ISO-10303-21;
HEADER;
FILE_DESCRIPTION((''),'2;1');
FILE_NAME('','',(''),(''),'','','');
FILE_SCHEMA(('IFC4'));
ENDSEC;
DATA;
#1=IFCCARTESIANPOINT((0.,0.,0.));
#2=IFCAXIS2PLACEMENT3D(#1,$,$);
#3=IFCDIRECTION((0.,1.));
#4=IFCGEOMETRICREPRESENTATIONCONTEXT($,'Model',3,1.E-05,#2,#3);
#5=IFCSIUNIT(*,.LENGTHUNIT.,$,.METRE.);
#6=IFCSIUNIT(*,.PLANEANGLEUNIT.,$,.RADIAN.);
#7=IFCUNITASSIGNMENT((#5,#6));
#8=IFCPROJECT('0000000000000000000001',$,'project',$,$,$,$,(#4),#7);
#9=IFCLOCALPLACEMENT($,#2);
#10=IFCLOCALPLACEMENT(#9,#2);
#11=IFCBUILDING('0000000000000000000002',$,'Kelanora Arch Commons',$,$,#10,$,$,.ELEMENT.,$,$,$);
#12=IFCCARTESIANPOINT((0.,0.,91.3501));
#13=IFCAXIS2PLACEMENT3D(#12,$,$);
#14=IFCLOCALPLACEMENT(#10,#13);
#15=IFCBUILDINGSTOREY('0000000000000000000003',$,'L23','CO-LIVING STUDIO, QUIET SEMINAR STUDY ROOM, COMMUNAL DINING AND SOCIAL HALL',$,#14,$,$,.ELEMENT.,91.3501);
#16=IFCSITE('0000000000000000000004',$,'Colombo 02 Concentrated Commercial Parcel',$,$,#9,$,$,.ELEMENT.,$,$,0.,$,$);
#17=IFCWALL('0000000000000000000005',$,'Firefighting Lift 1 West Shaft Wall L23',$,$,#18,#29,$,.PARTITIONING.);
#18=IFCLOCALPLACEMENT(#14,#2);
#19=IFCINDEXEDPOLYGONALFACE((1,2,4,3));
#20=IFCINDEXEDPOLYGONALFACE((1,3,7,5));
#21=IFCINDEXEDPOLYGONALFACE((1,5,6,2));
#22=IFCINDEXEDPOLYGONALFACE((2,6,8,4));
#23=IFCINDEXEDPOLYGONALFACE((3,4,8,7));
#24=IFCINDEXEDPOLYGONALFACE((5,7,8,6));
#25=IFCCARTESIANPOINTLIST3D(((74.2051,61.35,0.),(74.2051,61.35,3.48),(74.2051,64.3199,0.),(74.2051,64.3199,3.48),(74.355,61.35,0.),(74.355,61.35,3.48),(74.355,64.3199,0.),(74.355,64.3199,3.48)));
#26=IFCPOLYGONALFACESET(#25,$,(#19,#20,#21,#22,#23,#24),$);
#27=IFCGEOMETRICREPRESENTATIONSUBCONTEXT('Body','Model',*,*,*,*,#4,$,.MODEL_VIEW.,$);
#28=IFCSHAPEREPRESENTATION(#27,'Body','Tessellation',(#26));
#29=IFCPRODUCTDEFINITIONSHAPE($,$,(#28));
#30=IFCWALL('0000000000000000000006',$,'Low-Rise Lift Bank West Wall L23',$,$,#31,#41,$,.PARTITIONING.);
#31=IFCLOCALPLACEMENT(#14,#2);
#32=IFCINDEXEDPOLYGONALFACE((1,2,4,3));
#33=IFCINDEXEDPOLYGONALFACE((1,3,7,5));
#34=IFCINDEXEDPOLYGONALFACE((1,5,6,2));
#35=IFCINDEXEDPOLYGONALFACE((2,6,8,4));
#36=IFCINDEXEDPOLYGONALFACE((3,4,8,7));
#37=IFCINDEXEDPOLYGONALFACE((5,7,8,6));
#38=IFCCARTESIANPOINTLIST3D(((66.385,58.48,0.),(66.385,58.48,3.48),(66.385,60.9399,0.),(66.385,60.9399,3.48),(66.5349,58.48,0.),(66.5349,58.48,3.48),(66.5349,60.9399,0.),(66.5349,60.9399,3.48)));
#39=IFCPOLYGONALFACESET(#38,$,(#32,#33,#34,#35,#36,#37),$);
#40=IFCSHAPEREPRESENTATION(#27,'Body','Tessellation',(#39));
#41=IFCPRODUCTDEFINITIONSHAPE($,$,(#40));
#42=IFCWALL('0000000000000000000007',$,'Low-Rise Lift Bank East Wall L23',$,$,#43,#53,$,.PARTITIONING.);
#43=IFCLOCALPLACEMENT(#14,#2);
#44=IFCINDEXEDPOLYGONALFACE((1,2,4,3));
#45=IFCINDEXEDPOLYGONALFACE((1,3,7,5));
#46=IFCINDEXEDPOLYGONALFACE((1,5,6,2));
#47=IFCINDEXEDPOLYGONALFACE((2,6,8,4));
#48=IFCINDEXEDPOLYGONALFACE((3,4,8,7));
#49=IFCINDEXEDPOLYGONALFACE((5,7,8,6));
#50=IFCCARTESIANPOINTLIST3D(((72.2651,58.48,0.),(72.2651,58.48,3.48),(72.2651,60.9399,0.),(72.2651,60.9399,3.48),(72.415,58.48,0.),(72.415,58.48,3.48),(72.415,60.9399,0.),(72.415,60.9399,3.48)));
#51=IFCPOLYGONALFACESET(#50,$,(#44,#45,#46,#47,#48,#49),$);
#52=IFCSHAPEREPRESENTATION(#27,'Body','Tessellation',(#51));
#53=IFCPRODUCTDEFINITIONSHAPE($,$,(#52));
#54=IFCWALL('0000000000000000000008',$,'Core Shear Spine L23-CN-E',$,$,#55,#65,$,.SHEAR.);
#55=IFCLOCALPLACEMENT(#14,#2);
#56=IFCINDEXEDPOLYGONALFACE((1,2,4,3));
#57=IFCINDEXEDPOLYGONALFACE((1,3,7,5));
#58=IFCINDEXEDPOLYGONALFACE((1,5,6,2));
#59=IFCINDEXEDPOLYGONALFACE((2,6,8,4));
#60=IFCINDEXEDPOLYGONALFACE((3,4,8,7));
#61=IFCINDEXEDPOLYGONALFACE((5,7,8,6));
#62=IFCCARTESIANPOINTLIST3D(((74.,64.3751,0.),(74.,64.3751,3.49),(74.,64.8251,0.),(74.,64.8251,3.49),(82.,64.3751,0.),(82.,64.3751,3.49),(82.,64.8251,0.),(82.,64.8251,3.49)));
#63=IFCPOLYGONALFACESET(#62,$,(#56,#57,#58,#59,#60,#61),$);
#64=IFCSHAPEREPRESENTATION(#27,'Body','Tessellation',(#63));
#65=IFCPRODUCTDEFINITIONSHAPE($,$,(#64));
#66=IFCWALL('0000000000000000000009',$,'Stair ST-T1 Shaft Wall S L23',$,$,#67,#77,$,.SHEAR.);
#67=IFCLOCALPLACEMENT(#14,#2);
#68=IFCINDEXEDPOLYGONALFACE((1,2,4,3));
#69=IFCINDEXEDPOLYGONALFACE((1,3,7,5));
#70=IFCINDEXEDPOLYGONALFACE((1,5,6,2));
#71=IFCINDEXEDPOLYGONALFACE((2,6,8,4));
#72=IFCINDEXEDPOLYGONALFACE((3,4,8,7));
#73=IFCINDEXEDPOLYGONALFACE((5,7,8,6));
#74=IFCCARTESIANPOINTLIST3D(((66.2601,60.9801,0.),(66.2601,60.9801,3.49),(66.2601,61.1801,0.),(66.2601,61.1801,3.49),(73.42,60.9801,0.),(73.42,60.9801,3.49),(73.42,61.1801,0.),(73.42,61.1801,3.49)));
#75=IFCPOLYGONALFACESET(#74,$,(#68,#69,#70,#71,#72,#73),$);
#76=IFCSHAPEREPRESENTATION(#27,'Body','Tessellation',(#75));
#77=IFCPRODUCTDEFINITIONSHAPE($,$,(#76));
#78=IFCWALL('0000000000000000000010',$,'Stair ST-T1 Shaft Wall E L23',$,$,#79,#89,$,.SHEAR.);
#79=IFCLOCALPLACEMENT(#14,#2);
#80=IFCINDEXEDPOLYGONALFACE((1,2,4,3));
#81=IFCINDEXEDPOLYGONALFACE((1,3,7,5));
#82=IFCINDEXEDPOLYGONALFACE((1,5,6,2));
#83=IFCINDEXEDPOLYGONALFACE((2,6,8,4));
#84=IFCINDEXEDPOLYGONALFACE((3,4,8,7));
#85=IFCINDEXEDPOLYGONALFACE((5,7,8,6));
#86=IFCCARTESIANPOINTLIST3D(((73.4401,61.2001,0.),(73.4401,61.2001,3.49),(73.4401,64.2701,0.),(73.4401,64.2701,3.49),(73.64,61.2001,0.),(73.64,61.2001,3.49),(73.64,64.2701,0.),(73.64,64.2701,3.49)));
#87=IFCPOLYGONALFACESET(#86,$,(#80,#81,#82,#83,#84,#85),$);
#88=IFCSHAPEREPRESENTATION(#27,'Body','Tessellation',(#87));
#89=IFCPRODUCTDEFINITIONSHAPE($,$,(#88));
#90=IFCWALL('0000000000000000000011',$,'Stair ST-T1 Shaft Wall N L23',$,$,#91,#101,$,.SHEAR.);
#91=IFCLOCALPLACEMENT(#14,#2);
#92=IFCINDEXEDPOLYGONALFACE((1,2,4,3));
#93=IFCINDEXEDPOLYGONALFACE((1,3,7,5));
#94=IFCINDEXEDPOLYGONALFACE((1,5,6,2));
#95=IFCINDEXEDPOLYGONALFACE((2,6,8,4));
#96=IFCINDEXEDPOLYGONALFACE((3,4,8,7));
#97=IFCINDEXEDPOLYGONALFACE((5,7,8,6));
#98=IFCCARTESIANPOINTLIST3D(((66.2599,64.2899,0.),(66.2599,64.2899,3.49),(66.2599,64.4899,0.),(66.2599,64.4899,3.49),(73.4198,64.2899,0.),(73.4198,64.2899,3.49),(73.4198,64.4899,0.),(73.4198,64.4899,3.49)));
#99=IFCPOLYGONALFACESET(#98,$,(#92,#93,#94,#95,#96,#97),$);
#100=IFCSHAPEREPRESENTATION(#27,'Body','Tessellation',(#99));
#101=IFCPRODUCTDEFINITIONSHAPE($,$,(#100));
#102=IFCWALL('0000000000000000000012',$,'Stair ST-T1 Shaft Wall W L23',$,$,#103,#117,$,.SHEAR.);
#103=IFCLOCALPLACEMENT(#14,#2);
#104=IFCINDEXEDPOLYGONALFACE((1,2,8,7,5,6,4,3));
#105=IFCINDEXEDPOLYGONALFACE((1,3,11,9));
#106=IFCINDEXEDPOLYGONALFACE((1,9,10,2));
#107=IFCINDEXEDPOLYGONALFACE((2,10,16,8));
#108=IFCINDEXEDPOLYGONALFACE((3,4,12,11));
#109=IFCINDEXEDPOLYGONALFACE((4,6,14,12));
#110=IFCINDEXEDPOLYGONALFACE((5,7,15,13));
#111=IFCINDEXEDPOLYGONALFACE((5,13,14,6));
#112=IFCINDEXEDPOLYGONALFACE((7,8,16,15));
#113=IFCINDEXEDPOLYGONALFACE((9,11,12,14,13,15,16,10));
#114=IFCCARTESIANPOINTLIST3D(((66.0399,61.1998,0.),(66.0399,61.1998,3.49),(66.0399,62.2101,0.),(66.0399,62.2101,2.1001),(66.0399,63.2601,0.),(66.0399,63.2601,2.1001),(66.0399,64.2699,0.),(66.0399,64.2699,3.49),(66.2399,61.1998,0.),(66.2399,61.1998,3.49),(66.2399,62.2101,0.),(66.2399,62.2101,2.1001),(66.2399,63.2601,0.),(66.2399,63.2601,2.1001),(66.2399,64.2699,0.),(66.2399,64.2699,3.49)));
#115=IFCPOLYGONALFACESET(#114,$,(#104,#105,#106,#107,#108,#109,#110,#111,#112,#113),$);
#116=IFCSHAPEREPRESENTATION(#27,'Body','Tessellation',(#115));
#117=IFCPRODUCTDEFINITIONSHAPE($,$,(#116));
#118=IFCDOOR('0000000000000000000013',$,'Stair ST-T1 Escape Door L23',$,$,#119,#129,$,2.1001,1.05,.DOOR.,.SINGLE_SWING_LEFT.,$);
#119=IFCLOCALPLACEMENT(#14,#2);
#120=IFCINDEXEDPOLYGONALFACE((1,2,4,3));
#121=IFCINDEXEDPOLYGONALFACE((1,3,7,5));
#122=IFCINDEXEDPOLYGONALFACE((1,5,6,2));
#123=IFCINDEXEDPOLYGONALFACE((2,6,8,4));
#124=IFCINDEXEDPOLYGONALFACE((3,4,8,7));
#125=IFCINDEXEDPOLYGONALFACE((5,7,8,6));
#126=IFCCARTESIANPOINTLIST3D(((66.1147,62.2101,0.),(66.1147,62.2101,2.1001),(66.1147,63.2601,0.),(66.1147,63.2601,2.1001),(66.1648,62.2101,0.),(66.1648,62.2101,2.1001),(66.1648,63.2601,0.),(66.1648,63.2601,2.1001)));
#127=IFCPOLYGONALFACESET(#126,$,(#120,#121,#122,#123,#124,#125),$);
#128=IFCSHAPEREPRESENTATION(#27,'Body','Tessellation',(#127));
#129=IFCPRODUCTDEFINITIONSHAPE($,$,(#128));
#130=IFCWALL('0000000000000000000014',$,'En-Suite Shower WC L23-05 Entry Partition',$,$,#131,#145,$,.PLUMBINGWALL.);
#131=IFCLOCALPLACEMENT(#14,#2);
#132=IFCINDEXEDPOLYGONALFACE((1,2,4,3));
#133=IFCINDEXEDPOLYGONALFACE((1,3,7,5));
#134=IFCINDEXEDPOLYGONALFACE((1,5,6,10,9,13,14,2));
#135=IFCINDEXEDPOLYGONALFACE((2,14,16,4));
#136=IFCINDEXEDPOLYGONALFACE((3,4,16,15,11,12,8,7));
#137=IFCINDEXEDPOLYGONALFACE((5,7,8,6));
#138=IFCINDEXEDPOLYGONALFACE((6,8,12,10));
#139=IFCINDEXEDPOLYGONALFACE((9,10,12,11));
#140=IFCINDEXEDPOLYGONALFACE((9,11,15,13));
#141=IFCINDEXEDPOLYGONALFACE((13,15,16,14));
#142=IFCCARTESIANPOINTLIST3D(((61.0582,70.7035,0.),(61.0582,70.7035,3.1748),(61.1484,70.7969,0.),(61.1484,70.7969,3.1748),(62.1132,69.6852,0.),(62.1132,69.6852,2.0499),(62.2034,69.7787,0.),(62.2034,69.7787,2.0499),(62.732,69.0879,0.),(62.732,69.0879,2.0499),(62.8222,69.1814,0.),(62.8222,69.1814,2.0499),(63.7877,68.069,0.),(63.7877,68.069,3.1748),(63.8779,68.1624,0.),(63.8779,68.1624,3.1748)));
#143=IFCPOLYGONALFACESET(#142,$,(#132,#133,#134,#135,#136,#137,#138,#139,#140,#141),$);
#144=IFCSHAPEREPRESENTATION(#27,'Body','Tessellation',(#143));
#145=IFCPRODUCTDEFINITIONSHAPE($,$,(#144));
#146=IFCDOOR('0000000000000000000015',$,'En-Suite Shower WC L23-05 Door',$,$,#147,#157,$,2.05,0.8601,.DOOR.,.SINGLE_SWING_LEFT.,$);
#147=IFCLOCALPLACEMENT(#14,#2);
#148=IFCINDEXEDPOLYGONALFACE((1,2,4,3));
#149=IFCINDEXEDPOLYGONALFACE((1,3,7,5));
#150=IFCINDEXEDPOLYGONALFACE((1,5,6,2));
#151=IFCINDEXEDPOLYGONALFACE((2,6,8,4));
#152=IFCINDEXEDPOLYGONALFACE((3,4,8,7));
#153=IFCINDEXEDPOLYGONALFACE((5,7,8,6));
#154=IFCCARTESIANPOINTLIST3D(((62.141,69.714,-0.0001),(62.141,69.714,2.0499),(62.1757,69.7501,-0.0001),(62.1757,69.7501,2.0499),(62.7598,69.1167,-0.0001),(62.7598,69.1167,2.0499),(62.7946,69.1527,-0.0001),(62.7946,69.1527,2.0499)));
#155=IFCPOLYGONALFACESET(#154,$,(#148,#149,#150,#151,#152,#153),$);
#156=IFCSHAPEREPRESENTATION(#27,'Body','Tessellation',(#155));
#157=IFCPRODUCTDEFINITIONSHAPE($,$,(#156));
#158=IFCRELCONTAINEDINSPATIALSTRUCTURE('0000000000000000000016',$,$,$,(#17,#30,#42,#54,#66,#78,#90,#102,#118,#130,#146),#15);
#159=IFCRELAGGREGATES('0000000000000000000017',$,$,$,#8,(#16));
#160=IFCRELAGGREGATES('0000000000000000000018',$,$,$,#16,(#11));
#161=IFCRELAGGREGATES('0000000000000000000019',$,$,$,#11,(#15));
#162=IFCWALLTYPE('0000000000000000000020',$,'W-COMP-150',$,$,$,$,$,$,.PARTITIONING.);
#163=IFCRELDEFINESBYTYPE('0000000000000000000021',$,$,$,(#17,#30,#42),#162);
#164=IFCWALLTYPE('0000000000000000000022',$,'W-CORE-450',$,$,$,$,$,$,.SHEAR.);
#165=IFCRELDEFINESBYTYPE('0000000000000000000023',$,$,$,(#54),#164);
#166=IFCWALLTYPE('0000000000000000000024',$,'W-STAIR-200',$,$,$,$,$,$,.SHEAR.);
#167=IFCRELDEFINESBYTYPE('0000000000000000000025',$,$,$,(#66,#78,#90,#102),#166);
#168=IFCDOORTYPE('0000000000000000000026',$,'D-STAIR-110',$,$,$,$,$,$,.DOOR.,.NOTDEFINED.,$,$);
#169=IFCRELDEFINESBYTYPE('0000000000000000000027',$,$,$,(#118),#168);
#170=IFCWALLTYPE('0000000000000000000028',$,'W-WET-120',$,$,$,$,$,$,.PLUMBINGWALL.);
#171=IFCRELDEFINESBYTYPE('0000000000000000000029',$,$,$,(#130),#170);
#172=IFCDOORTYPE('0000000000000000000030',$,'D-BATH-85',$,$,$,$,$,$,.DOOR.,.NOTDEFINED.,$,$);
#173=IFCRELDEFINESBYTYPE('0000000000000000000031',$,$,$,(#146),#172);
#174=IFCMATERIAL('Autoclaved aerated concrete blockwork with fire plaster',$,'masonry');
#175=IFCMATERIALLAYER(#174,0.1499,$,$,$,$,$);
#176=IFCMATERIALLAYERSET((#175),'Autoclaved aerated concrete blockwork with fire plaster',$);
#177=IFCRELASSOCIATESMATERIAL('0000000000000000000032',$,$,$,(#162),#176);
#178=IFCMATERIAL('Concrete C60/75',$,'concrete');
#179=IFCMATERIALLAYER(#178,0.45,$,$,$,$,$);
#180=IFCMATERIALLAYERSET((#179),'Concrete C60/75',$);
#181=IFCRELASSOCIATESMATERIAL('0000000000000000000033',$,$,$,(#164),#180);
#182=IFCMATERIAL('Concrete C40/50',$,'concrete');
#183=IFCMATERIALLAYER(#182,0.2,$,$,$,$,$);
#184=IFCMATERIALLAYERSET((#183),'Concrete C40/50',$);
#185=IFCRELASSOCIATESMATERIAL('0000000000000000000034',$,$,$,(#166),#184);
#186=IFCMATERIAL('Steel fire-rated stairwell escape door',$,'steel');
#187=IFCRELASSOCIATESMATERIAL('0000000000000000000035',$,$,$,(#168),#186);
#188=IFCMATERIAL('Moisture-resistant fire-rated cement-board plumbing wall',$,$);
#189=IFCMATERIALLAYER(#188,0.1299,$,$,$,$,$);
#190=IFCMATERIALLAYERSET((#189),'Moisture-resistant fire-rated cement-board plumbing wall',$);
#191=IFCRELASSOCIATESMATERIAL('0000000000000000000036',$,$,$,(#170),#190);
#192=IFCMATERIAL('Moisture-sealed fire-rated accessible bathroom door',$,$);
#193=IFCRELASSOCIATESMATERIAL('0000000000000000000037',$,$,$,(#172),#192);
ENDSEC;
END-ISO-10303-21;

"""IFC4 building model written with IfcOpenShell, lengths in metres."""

from ifc_helpers import new_model, si_unit, direction, frame, frame_2d, origin, place, context, subcontext, project, spatial, rectangle, extrude, material, layer, layer_set, type_object, element, fill, save


model = new_model("IFC4")

# Units and contexts
model_context = context("Model", 3, precision=1e-05, world=origin(), true_north=direction((0.0, 1.0)))
body_context = subcontext(model_context, "Body", "Model", "MODEL_VIEW")
ifc_project = project(units=[si_unit("LENGTHUNIT", "METRE"), si_unit("PLANEANGLEUNIT", "RADIAN")], contexts=[model_context])

# Site, building, storey
site_placement = place(None, origin())
site = spatial("IfcSite", under=ifc_project, at=site_placement, Name="Colombo 02 Concentrated Commercial Parcel", CompositionType="ELEMENT", RefElevation=0.0)
building_placement = place(site_placement, origin())
building = spatial("IfcBuilding", under=site, at=building_placement, Name="Kelanora Arch Commons", CompositionType="ELEMENT")
storey_placement = place(building_placement, frame((0.0, 0.0, 91.3501)))
storey = spatial("IfcBuildingStorey", under=building, at=storey_placement, Name="L23", Description="CO-LIVING STUDIO, QUIET SEMINAR STUDY ROOM, COMMUNAL DINING AND SOCIAL HALL", CompositionType="ELEMENT", Elevation=91.3501)

# Shared definitions
ifc_material_1 = material(Name="Concrete C60/75", Category="concrete")

# Walls
ifc_material_2 = material(Name="Autoclaved aerated concrete blockwork with fire plaster", Category="masonry")
ifc_layer_1 = layer(ifc_material_2, 0.1499)
ifc_layer_set_1 = layer_set([ifc_layer_1], Name="Autoclaved aerated concrete blockwork with fire plaster")
wall_type_1 = type_object("IfcWallType", Name="W-COMP-150", PredefinedType="PARTITIONING", material=ifc_layer_set_1)
wall_1_placement = place(storey_placement, frame((74.28, 61.3501, 0.0), z_axis=(0.0, 0.0, 1.0), x_axis=(0.0, 1.0, 0.0)))
element("IfcWall", 1, at=wall_1_placement, inside=storey, type_object=wall_type_1, Name="Firefighting Lift 1 West Shaft Wall L23", PredefinedType="PARTITIONING", context=body_context, shape_type="SweptSolid", body=[
    extrude(rectangle(XDim=2.97, YDim=0.1499, at=frame_2d((1.4849, 0.0))), origin(), (0.0, 0.0, 1.0), 3.48),
])
for number, where, z_axis, x_axis, name in (
    (2, (66.46, 58.48, 0.0), (0.0, 0.0, 1.0), (0.0, 1.0, 0.0), "Low-Rise Lift Bank West Wall L23"),
    (3, (72.3401, 58.48, 0.0), (0.0, 0.0, 1.0), (0.0, 1.0, 0.0), "Low-Rise Lift Bank East Wall L23"),
):
    element("IfcWall", number, at=place(storey_placement, frame(where, z_axis=z_axis, x_axis=x_axis)), inside=storey, type_object=wall_type_1, Name=name, PredefinedType="PARTITIONING", context=body_context, shape_type="SweptSolid", body=[
        extrude(rectangle(XDim=2.46, YDim=0.1499, at=frame_2d((1.23, 0.0))), origin(), (0.0, 0.0, 1.0), 3.48),
    ])
ifc_layer_2 = layer(ifc_material_1, 0.45)
ifc_layer_set_2 = layer_set([ifc_layer_2], Name="Concrete C60/75")
wall_type_2 = type_object("IfcWallType", Name="W-CORE-450", PredefinedType="SHEAR", material=ifc_layer_set_2)
wall_2_placement = place(storey_placement, frame((74.0, 64.6001, 0.0), z_axis=(0.0, 0.0, 1.0), x_axis=(1.0, 0.0, 0.0)))
element("IfcWall", 4, at=wall_2_placement, inside=storey, type_object=wall_type_2, Name="Core Shear Spine L23-CN-E", PredefinedType="SHEAR", context=body_context, shape_type="SweptSolid", body=[
    extrude(rectangle(XDim=8.0, YDim=0.45, at=frame_2d((4.0, 0.0))), origin(), (0.0, 0.0, 1.0), 3.49),
])

# Shared definitions
ifc_material_3 = material(Name="Concrete C40/50", Category="concrete")

# Walls
ifc_layer_3 = layer(ifc_material_3, 0.2)
ifc_layer_set_3 = layer_set([ifc_layer_3], Name="Concrete C40/50")
wall_type_3 = type_object("IfcWallType", Name="W-STAIR-200", PredefinedType="SHEAR", material=ifc_layer_set_3)
wall_3_placement = place(storey_placement, frame((66.26, 61.0801, 0.0), z_axis=(0.0, 0.0, 1.0), x_axis=(1.0, 0.0, 0.0)))
element("IfcWall", 5, at=wall_3_placement, inside=storey, type_object=wall_type_3, Name="Stair ST-T1 Shaft Wall S L23", PredefinedType="SHEAR", context=body_context, shape_type="SweptSolid", body=[
    extrude(rectangle(XDim=7.1599, YDim=0.2, at=frame_2d((3.5801, 0.0))), origin(), (0.0, 0.0, 1.0), 3.49),
])
wall_4_placement = place(storey_placement, frame((73.54, 61.2, 0.0), z_axis=(0.0, 0.0, 1.0), x_axis=(0.0, 1.0, 0.0)))
element("IfcWall", 6, at=wall_4_placement, inside=storey, type_object=wall_type_3, Name="Stair ST-T1 Shaft Wall E L23", PredefinedType="SHEAR", context=body_context, shape_type="SweptSolid", body=[
    extrude(rectangle(XDim=3.0701, YDim=0.2, at=frame_2d((1.5352, 0.0))), origin(), (0.0, 0.0, 1.0), 3.49),
])
wall_5_placement = place(storey_placement, frame((73.4199, 64.3899, 0.0), z_axis=(0.0, 0.0, 1.0), x_axis=(-1.0, 0.0, 0.0)))
element("IfcWall", 7, at=wall_5_placement, inside=storey, type_object=wall_type_3, Name="Stair ST-T1 Shaft Wall N L23", PredefinedType="SHEAR", context=body_context, shape_type="SweptSolid", body=[
    extrude(rectangle(XDim=7.1599, YDim=0.2, at=frame_2d((3.5801, 0.0))), origin(), (0.0, 0.0, 1.0), 3.49),
])

# Walls, openings, doors
wall_6_placement = place(storey_placement, frame((66.1399, 64.27, 0.0), z_axis=(0.0, 0.0, 1.0), x_axis=(0.0, -1.0, 0.0)))
wall_6 = element("IfcWall", 8, at=wall_6_placement, inside=storey, type_object=wall_type_3, Name="Stair ST-T1 Shaft Wall W L23", PredefinedType="SHEAR", context=body_context, shape_type="SweptSolid", body=[
    extrude(rectangle(XDim=3.0701, YDim=0.2, at=frame_2d((1.5352, 0.0))), origin(), (0.0, 0.0, 1.0), 3.49),
])
opening_1_placement = place(wall_6_placement, frame((1.01, 0.0, 0.0)))
opening_1 = element("IfcOpeningElement", 9, at=opening_1_placement, cuts=wall_6, PredefinedType="OPENING", context=body_context, shape_type="SweptSolid", body=[
    extrude(rectangle(XDim=1.05, YDim=2.1001, at=frame_2d((0.5249, 1.05))), frame((0.0, 0.1099, 0.0), z_axis=(0.0, -1.0, 0.0), x_axis=(1.0, 0.0, 0.0)), (0.0, 0.0, 1.0), 0.22),
])
ifc_material_4 = material(Name="Steel fire-rated stairwell escape door", Category="steel")
door_type_1 = type_object("IfcDoorType", Name="D-STAIR-110", OperationType="NOTDEFINED", PredefinedType="DOOR", material=ifc_material_4)
door_1_placement = place(opening_1_placement, origin())
door_1 = element("IfcDoor", 10, at=door_1_placement, inside=storey, type_object=door_type_1, Name="Stair ST-T1 Escape Door L23", OperationType="SINGLE_SWING_LEFT", OverallHeight=2.1001, OverallWidth=1.05, PredefinedType="DOOR", context=body_context, shape_type="SweptSolid", body=[
    extrude(rectangle(XDim=1.05, YDim=2.1001, at=frame_2d((0.5249, 1.05))), frame((0.0, 0.0249, 0.0), z_axis=(0.0, -1.0, 0.0), x_axis=(1.0, 0.0, 0.0)), (0.0, 0.0, 1.0), 0.05),
])
fill(opening_1, door_1)
ifc_material_5 = material(Name="Moisture-resistant fire-rated cement-board plumbing wall")
ifc_layer_4 = layer(ifc_material_5, 0.1299)
ifc_layer_set_4 = layer_set([ifc_layer_4], Name="Moisture-resistant fire-rated cement-board plumbing wall")
wall_type_4 = type_object("IfcWallType", Name="W-WET-120", PredefinedType="PLUMBINGWALL", material=ifc_layer_set_4)
wall_7_placement = place(storey_placement, frame((63.8328, 68.1157, 0.0), z_axis=(0.0, 0.0, 1.0), x_axis=(-0.719513, 0.694479, 0.0)))
wall_7 = element("IfcWall", 11, at=wall_7_placement, inside=storey, type_object=wall_type_4, Name="En-Suite Shower WC L23-05 Entry Partition", PredefinedType="PLUMBINGWALL", context=body_context, shape_type="SweptSolid", body=[
    extrude(rectangle(XDim=3.7935, YDim=0.1299, at=frame_2d((1.8967, 0.0))), origin(), (0.0, 0.0, 1.0), 3.1748),
])
opening_2_placement = place(wall_7_placement, frame((1.467, 0.0, 0.0)))
opening_2 = element("IfcOpeningElement", 12, at=opening_2_placement, cuts=wall_7, PredefinedType="OPENING", context=body_context, shape_type="SweptSolid", body=[
    extrude(rectangle(XDim=0.8601, YDim=2.05, at=frame_2d((0.4302, 1.0249))), frame((0.0, 0.075, 0.0), z_axis=(0.0, -1.0, 0.0), x_axis=(1.0, 0.0, 0.0)), (0.0, 0.0, 1.0), 0.1499),
])
ifc_material_6 = material(Name="Moisture-sealed fire-rated accessible bathroom door")
door_type_2 = type_object("IfcDoorType", Name="D-BATH-85", OperationType="NOTDEFINED", PredefinedType="DOOR", material=ifc_material_6)
door_2_placement = place(opening_2_placement, origin())
door_2 = element("IfcDoor", 13, at=door_2_placement, inside=storey, type_object=door_type_2, Name="En-Suite Shower WC L23-05 Door", OperationType="SINGLE_SWING_LEFT", OverallHeight=2.05, OverallWidth=0.8601, PredefinedType="DOOR", context=body_context, shape_type="SweptSolid", body=[
    extrude(rectangle(XDim=0.8601, YDim=2.05, at=frame_2d((0.4302, 1.0249))), frame((0.0, 0.0249, 0.0), z_axis=(0.0, -1.0, 0.0), x_axis=(1.0, 0.0, 0.0)), (0.0, 0.0, 1.0), 0.05),
])
fill(opening_2, door_2)

save(model, "model.ifc")
